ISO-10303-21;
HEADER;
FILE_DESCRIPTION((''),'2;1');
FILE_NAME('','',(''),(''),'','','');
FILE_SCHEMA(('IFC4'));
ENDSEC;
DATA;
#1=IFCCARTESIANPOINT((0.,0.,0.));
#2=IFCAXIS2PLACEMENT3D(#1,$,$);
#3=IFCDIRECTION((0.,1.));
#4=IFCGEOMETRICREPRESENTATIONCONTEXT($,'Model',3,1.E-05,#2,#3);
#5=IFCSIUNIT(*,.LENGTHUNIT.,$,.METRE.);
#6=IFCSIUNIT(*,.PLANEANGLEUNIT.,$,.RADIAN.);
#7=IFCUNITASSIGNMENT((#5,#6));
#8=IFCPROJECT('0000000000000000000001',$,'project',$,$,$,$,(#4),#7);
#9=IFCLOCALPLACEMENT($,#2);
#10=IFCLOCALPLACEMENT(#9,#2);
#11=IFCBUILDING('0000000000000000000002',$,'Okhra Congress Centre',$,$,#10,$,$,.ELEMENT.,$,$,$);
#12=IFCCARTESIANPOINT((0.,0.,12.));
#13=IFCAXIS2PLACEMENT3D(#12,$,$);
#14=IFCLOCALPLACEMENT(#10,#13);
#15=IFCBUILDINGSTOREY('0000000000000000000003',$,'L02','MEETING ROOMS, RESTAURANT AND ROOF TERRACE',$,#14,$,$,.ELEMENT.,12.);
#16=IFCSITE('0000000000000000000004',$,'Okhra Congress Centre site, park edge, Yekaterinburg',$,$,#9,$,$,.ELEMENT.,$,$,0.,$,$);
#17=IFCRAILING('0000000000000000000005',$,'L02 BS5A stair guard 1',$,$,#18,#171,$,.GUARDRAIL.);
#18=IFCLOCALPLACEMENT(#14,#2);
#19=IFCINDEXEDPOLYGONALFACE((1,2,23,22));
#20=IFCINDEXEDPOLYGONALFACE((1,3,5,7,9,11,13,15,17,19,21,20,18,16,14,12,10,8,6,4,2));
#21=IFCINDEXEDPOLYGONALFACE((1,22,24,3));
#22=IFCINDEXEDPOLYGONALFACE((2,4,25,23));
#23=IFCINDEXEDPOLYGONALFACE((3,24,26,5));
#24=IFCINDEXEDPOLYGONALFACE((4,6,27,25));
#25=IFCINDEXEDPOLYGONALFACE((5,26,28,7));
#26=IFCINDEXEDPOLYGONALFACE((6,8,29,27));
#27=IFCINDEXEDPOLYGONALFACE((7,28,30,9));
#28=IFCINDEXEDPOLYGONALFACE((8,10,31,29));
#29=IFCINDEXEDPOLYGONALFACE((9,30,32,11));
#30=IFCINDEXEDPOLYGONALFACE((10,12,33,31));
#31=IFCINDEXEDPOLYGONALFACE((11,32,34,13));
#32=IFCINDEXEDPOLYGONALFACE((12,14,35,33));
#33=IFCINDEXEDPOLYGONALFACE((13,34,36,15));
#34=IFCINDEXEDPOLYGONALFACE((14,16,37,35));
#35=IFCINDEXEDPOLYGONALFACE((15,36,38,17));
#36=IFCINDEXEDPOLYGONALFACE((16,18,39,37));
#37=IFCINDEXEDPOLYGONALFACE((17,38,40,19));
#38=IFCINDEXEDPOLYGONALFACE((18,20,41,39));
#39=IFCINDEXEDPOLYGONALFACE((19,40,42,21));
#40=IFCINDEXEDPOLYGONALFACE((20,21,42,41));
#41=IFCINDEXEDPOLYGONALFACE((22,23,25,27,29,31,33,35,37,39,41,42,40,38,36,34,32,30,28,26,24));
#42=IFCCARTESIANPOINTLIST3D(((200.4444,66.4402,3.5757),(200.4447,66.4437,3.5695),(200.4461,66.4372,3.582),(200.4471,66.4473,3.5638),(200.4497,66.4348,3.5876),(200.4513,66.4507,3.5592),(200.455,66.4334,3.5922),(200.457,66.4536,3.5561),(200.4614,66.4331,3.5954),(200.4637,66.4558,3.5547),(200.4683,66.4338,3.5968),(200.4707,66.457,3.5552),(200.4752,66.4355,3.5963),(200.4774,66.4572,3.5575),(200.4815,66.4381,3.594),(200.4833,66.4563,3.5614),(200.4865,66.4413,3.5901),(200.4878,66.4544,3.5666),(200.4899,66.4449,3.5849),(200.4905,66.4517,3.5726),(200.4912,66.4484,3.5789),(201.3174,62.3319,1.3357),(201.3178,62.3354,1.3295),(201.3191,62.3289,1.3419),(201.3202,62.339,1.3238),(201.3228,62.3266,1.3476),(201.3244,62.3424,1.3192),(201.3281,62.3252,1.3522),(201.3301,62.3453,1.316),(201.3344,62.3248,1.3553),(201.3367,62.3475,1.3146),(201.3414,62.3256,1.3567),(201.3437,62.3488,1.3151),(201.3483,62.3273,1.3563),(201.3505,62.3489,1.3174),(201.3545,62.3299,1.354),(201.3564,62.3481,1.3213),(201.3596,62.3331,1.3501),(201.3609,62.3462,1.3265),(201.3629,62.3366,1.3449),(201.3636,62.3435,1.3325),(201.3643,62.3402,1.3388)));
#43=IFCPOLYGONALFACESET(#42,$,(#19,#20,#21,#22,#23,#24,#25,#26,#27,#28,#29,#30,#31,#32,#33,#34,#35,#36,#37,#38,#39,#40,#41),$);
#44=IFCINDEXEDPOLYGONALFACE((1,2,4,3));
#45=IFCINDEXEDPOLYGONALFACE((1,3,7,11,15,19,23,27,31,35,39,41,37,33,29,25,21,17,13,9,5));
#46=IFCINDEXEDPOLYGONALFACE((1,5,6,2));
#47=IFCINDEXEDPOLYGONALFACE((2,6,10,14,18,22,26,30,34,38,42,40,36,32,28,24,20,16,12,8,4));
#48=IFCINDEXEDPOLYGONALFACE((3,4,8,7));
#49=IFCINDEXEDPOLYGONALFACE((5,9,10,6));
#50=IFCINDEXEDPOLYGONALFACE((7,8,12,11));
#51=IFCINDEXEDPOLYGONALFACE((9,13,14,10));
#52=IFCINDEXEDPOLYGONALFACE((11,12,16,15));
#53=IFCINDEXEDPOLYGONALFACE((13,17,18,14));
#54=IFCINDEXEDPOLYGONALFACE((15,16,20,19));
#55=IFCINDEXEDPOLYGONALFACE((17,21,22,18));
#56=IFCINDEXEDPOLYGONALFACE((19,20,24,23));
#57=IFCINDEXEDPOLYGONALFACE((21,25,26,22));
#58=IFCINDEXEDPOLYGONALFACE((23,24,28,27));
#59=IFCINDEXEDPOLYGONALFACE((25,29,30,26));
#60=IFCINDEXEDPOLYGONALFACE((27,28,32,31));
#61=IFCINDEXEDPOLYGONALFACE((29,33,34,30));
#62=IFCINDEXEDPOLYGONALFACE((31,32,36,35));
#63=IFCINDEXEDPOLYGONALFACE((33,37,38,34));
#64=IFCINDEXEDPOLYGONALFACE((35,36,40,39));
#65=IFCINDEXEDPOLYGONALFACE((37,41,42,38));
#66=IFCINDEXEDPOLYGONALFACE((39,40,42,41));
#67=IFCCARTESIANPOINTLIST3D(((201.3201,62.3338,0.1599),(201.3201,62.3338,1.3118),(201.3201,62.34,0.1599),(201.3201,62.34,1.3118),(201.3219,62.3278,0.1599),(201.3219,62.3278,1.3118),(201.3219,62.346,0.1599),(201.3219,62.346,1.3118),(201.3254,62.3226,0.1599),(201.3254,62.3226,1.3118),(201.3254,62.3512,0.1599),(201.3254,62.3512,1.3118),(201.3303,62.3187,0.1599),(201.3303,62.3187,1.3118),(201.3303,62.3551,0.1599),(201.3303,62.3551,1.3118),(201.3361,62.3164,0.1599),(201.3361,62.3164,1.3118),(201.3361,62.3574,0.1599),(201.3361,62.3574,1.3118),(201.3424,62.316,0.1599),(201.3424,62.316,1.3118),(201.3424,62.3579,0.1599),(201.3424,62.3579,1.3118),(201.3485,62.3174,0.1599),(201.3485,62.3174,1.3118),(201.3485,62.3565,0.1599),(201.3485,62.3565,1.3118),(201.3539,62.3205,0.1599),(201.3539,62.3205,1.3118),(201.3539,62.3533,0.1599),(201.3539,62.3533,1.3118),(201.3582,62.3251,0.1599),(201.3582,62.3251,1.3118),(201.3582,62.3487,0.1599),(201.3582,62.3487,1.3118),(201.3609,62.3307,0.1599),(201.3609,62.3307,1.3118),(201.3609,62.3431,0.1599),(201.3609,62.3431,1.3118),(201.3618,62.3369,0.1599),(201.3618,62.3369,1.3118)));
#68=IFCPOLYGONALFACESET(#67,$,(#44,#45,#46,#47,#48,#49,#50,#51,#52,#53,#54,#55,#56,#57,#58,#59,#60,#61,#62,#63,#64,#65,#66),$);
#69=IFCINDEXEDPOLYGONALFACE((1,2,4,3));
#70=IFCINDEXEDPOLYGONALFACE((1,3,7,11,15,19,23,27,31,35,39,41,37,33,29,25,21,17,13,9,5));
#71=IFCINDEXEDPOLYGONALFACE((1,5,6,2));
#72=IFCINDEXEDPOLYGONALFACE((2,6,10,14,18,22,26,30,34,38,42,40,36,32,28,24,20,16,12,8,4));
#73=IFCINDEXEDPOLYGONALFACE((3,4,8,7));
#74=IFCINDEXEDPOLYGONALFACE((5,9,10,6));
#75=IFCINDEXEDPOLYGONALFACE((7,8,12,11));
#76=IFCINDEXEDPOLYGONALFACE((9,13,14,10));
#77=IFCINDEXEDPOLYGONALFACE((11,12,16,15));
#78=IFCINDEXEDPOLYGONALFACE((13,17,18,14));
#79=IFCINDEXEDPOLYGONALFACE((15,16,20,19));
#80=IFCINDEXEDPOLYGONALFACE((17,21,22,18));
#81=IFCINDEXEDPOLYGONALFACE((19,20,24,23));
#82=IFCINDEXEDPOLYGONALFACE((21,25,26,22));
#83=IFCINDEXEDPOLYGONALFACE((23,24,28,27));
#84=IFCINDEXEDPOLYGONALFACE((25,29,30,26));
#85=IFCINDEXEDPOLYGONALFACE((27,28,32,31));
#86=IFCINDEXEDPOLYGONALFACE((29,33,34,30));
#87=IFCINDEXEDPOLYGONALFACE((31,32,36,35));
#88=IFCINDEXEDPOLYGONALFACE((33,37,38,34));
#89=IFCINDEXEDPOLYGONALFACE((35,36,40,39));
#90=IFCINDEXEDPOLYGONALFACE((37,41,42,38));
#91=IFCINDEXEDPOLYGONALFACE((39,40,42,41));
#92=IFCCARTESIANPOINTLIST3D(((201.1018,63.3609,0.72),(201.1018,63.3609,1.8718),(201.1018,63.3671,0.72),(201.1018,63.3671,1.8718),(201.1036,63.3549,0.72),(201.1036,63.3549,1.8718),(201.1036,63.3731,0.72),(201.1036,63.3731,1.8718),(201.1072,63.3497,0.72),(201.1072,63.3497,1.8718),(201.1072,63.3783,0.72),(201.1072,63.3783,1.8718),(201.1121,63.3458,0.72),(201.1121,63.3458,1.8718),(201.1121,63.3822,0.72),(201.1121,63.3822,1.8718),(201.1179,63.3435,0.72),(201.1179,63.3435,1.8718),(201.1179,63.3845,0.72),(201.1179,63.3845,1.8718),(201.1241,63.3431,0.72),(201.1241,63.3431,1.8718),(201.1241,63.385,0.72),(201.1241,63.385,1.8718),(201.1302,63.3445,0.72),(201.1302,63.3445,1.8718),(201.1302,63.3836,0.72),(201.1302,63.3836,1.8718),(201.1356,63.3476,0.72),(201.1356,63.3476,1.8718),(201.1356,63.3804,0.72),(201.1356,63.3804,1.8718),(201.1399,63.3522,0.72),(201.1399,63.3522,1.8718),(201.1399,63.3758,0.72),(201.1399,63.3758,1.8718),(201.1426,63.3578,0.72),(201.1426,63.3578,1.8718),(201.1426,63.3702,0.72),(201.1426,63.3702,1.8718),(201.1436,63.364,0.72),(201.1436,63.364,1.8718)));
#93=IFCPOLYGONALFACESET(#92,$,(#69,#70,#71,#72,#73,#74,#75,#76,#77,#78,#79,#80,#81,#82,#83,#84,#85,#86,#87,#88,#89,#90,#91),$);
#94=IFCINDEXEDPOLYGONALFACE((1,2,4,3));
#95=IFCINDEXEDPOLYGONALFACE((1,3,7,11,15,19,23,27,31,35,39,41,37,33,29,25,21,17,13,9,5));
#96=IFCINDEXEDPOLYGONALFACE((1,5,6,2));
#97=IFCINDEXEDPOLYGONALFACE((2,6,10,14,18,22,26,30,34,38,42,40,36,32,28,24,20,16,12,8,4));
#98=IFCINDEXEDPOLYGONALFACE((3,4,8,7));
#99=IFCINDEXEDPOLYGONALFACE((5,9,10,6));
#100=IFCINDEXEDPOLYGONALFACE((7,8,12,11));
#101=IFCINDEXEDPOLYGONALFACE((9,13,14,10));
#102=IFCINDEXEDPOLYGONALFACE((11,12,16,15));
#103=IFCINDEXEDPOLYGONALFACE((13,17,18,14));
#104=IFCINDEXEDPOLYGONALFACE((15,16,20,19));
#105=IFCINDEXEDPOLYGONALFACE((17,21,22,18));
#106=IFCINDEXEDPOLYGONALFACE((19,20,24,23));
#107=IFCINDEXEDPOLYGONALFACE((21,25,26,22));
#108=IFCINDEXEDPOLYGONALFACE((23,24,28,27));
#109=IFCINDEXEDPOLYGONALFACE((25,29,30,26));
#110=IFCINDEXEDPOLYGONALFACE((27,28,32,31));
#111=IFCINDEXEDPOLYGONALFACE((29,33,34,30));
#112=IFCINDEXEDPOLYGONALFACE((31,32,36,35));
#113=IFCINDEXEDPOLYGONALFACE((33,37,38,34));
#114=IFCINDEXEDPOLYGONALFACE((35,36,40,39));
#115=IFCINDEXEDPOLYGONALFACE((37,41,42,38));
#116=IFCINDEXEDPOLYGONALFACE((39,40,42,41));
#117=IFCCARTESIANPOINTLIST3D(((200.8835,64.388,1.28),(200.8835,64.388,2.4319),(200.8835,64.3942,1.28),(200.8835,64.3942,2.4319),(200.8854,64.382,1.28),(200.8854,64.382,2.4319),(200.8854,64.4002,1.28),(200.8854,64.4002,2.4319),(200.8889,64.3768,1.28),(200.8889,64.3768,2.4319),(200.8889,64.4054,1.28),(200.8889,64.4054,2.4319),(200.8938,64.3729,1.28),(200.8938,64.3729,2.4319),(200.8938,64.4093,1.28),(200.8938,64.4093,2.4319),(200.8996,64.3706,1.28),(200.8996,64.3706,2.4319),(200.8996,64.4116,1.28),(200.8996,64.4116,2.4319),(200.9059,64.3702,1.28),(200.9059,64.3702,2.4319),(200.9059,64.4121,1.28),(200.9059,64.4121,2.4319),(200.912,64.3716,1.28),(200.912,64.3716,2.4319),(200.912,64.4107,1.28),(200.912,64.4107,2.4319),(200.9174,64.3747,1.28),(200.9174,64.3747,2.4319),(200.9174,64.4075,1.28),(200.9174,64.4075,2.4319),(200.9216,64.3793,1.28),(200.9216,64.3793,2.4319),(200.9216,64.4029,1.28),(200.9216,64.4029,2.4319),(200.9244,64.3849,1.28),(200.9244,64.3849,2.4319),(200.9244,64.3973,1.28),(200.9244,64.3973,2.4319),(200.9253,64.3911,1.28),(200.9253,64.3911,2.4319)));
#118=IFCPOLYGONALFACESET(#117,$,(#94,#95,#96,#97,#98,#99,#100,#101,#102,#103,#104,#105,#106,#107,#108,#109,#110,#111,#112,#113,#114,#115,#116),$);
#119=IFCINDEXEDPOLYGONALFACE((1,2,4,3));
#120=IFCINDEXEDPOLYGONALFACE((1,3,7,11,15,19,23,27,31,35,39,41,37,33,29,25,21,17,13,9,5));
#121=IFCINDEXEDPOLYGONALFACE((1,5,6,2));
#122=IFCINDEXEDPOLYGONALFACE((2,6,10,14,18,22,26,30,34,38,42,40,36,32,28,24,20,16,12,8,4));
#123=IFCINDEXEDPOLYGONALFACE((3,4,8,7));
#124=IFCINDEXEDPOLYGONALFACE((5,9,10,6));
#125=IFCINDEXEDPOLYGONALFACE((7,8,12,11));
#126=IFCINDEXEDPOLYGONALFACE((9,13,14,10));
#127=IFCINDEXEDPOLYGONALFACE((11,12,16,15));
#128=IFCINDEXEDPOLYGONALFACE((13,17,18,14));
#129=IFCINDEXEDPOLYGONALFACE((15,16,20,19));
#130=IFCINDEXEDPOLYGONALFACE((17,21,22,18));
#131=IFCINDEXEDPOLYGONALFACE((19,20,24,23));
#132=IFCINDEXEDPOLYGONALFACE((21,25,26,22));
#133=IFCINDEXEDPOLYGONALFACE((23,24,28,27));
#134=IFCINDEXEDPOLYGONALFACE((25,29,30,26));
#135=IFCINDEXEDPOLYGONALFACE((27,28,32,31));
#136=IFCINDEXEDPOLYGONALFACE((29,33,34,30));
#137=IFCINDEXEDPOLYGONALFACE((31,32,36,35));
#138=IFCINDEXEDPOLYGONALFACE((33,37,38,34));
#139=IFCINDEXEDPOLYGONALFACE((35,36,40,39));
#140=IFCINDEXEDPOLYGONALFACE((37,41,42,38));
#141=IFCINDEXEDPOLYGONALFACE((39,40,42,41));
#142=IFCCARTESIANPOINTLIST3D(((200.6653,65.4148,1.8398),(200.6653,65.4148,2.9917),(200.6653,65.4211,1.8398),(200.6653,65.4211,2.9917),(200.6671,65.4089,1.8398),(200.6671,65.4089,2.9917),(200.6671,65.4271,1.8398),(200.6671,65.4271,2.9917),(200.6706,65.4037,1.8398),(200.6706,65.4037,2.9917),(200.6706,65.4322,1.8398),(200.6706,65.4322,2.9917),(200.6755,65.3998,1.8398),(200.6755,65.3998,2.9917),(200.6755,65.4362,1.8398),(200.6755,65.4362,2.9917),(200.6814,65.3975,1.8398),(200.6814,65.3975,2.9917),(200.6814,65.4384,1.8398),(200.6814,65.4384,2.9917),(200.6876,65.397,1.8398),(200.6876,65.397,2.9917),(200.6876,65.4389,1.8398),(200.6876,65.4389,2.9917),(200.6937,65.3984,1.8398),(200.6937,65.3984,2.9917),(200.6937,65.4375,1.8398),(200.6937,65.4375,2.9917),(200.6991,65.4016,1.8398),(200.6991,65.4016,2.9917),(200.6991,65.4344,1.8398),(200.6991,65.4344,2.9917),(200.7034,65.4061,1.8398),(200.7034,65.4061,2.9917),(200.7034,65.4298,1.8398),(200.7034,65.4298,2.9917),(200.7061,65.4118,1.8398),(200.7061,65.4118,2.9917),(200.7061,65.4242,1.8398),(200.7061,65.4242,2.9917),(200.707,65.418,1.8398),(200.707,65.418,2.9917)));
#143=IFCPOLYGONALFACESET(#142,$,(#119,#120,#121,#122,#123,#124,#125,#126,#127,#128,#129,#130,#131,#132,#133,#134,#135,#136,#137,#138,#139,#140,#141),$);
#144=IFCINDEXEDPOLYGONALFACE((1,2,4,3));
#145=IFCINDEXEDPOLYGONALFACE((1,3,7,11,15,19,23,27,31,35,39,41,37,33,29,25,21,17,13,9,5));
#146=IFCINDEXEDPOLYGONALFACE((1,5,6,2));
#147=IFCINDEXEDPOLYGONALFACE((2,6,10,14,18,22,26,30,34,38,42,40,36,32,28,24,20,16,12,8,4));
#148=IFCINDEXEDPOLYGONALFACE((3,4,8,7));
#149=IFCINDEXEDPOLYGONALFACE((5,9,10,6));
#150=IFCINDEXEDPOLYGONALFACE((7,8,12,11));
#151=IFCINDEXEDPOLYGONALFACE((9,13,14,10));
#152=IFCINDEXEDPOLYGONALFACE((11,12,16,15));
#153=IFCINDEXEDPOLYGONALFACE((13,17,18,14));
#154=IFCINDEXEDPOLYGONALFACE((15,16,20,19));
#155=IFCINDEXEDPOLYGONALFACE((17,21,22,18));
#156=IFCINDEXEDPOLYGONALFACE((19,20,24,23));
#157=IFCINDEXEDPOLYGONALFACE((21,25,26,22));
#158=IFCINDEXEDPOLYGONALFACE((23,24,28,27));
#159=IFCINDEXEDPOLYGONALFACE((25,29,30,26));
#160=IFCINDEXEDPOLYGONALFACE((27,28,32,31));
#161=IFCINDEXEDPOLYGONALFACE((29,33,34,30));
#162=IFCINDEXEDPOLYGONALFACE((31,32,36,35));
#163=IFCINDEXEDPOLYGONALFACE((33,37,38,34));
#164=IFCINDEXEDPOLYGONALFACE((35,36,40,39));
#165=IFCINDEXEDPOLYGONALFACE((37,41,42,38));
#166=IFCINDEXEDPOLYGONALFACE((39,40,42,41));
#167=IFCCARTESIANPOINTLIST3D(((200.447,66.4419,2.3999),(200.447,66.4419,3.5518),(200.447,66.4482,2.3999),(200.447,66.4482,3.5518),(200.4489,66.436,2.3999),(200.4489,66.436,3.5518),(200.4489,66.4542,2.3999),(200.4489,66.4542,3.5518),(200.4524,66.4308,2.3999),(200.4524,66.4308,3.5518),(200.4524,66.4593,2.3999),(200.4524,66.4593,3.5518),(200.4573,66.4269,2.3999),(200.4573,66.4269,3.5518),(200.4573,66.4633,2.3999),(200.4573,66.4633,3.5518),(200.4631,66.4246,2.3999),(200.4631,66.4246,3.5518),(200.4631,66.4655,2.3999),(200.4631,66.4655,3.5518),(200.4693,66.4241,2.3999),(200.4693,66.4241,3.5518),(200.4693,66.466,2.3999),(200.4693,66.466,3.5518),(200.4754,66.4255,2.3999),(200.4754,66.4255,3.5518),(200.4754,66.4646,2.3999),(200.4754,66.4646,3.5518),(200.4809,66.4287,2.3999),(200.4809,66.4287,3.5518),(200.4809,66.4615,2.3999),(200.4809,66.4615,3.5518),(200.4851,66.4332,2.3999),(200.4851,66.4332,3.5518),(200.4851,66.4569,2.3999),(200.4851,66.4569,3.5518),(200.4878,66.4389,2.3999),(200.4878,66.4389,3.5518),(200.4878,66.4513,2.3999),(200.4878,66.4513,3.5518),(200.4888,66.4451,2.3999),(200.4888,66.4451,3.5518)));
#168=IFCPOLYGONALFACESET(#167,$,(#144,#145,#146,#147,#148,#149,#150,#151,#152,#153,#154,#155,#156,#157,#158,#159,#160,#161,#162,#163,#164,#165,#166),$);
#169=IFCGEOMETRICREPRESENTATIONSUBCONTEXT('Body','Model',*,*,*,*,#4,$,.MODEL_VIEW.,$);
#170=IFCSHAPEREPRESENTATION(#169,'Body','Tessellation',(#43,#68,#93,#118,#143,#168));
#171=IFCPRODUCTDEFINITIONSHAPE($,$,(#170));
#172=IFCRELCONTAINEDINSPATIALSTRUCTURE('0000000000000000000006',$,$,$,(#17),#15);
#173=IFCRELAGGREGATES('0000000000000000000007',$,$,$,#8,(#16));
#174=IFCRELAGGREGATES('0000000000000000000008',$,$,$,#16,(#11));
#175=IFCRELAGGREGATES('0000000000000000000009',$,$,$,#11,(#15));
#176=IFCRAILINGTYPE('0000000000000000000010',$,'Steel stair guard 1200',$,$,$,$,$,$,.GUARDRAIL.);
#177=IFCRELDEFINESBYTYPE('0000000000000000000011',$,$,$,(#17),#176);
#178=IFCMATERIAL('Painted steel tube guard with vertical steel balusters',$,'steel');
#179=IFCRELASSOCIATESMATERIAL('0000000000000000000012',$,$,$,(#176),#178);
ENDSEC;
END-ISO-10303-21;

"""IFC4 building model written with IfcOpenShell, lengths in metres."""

from ifc_helpers import new_model, si_unit, direction, frame, origin, origin_2d, place, context, subcontext, project, spatial, circle, extrude, material, type_object, element, save


model = new_model("IFC4")

# Units and contexts
model_context = context("Model", 3, precision=1e-05, world=origin(), true_north=direction((0.0, 1.0)))
body_context = subcontext(model_context, "Body", "Model", "MODEL_VIEW")
ifc_project = project(units=[si_unit("LENGTHUNIT", "METRE"), si_unit("PLANEANGLEUNIT", "RADIAN")], contexts=[model_context])

# Site, building, storey
site_placement = place(None, origin())
site = spatial("IfcSite", under=ifc_project, at=site_placement, Name="Okhra Congress Centre site, park edge, Yekaterinburg", CompositionType="ELEMENT", RefElevation=0.0)
building_placement = place(site_placement, origin())
building = spatial("IfcBuilding", under=site, at=building_placement, Name="Okhra Congress Centre", CompositionType="ELEMENT")
storey_placement = place(building_placement, frame((0.0, 0.0, 12.0)))
storey = spatial("IfcBuildingStorey", under=building, at=storey_placement, Name="L02", Description="MEETING ROOMS, RESTAURANT AND ROOF TERRACE", CompositionType="ELEMENT", Elevation=12.0)

# Railing
ifc_material_1 = material(Name="Painted steel tube guard with vertical steel balusters", Category="steel")
railing_type_1 = type_object("IfcRailingType", Name="Steel stair guard 1200", PredefinedType="GUARDRAIL", material=ifc_material_1)
railing_1_placement = place(storey_placement, frame((201.3408, 62.3369, 0.1599)))
element("IfcRailing", 1, at=railing_1_placement, inside=storey, type_object=railing_type_1, Name="L02 BS5A stair guard 1", PredefinedType="GUARDRAIL", context=body_context, shape_type="SweptSolid", body=[
    extrude(circle(Radius=0.0239, at=origin_2d()), frame((0.0, 0.0, 1.1758), z_axis=(-0.183417, 0.863075, 0.470596), x_axis=(-0.978156, -0.207873, 0.0)), (0.0, 0.0, 1.0), 4.76),
    extrude(circle(Radius=0.021, at=origin_2d()), origin(), (0.0, 0.0, 1.0), 1.1519),
    extrude(circle(Radius=0.021, at=origin_2d()), frame((-0.2183, 1.0271, 0.5601)), (0.0, 0.0, 1.0), 1.1519),
    extrude(circle(Radius=0.021, at=origin_2d()), frame((-0.4365, 2.0542, 1.1201)), (0.0, 0.0, 1.0), 1.1519),
    extrude(circle(Radius=0.021, at=origin_2d()), frame((-0.6548, 3.0811, 1.6799)), (0.0, 0.0, 1.0), 1.1519),
    extrude(circle(Radius=0.021, at=origin_2d()), frame((-0.873, 4.1082, 2.24)), (0.0, 0.0, 1.0), 1.1519),
])

save(model, "model.ifc")
